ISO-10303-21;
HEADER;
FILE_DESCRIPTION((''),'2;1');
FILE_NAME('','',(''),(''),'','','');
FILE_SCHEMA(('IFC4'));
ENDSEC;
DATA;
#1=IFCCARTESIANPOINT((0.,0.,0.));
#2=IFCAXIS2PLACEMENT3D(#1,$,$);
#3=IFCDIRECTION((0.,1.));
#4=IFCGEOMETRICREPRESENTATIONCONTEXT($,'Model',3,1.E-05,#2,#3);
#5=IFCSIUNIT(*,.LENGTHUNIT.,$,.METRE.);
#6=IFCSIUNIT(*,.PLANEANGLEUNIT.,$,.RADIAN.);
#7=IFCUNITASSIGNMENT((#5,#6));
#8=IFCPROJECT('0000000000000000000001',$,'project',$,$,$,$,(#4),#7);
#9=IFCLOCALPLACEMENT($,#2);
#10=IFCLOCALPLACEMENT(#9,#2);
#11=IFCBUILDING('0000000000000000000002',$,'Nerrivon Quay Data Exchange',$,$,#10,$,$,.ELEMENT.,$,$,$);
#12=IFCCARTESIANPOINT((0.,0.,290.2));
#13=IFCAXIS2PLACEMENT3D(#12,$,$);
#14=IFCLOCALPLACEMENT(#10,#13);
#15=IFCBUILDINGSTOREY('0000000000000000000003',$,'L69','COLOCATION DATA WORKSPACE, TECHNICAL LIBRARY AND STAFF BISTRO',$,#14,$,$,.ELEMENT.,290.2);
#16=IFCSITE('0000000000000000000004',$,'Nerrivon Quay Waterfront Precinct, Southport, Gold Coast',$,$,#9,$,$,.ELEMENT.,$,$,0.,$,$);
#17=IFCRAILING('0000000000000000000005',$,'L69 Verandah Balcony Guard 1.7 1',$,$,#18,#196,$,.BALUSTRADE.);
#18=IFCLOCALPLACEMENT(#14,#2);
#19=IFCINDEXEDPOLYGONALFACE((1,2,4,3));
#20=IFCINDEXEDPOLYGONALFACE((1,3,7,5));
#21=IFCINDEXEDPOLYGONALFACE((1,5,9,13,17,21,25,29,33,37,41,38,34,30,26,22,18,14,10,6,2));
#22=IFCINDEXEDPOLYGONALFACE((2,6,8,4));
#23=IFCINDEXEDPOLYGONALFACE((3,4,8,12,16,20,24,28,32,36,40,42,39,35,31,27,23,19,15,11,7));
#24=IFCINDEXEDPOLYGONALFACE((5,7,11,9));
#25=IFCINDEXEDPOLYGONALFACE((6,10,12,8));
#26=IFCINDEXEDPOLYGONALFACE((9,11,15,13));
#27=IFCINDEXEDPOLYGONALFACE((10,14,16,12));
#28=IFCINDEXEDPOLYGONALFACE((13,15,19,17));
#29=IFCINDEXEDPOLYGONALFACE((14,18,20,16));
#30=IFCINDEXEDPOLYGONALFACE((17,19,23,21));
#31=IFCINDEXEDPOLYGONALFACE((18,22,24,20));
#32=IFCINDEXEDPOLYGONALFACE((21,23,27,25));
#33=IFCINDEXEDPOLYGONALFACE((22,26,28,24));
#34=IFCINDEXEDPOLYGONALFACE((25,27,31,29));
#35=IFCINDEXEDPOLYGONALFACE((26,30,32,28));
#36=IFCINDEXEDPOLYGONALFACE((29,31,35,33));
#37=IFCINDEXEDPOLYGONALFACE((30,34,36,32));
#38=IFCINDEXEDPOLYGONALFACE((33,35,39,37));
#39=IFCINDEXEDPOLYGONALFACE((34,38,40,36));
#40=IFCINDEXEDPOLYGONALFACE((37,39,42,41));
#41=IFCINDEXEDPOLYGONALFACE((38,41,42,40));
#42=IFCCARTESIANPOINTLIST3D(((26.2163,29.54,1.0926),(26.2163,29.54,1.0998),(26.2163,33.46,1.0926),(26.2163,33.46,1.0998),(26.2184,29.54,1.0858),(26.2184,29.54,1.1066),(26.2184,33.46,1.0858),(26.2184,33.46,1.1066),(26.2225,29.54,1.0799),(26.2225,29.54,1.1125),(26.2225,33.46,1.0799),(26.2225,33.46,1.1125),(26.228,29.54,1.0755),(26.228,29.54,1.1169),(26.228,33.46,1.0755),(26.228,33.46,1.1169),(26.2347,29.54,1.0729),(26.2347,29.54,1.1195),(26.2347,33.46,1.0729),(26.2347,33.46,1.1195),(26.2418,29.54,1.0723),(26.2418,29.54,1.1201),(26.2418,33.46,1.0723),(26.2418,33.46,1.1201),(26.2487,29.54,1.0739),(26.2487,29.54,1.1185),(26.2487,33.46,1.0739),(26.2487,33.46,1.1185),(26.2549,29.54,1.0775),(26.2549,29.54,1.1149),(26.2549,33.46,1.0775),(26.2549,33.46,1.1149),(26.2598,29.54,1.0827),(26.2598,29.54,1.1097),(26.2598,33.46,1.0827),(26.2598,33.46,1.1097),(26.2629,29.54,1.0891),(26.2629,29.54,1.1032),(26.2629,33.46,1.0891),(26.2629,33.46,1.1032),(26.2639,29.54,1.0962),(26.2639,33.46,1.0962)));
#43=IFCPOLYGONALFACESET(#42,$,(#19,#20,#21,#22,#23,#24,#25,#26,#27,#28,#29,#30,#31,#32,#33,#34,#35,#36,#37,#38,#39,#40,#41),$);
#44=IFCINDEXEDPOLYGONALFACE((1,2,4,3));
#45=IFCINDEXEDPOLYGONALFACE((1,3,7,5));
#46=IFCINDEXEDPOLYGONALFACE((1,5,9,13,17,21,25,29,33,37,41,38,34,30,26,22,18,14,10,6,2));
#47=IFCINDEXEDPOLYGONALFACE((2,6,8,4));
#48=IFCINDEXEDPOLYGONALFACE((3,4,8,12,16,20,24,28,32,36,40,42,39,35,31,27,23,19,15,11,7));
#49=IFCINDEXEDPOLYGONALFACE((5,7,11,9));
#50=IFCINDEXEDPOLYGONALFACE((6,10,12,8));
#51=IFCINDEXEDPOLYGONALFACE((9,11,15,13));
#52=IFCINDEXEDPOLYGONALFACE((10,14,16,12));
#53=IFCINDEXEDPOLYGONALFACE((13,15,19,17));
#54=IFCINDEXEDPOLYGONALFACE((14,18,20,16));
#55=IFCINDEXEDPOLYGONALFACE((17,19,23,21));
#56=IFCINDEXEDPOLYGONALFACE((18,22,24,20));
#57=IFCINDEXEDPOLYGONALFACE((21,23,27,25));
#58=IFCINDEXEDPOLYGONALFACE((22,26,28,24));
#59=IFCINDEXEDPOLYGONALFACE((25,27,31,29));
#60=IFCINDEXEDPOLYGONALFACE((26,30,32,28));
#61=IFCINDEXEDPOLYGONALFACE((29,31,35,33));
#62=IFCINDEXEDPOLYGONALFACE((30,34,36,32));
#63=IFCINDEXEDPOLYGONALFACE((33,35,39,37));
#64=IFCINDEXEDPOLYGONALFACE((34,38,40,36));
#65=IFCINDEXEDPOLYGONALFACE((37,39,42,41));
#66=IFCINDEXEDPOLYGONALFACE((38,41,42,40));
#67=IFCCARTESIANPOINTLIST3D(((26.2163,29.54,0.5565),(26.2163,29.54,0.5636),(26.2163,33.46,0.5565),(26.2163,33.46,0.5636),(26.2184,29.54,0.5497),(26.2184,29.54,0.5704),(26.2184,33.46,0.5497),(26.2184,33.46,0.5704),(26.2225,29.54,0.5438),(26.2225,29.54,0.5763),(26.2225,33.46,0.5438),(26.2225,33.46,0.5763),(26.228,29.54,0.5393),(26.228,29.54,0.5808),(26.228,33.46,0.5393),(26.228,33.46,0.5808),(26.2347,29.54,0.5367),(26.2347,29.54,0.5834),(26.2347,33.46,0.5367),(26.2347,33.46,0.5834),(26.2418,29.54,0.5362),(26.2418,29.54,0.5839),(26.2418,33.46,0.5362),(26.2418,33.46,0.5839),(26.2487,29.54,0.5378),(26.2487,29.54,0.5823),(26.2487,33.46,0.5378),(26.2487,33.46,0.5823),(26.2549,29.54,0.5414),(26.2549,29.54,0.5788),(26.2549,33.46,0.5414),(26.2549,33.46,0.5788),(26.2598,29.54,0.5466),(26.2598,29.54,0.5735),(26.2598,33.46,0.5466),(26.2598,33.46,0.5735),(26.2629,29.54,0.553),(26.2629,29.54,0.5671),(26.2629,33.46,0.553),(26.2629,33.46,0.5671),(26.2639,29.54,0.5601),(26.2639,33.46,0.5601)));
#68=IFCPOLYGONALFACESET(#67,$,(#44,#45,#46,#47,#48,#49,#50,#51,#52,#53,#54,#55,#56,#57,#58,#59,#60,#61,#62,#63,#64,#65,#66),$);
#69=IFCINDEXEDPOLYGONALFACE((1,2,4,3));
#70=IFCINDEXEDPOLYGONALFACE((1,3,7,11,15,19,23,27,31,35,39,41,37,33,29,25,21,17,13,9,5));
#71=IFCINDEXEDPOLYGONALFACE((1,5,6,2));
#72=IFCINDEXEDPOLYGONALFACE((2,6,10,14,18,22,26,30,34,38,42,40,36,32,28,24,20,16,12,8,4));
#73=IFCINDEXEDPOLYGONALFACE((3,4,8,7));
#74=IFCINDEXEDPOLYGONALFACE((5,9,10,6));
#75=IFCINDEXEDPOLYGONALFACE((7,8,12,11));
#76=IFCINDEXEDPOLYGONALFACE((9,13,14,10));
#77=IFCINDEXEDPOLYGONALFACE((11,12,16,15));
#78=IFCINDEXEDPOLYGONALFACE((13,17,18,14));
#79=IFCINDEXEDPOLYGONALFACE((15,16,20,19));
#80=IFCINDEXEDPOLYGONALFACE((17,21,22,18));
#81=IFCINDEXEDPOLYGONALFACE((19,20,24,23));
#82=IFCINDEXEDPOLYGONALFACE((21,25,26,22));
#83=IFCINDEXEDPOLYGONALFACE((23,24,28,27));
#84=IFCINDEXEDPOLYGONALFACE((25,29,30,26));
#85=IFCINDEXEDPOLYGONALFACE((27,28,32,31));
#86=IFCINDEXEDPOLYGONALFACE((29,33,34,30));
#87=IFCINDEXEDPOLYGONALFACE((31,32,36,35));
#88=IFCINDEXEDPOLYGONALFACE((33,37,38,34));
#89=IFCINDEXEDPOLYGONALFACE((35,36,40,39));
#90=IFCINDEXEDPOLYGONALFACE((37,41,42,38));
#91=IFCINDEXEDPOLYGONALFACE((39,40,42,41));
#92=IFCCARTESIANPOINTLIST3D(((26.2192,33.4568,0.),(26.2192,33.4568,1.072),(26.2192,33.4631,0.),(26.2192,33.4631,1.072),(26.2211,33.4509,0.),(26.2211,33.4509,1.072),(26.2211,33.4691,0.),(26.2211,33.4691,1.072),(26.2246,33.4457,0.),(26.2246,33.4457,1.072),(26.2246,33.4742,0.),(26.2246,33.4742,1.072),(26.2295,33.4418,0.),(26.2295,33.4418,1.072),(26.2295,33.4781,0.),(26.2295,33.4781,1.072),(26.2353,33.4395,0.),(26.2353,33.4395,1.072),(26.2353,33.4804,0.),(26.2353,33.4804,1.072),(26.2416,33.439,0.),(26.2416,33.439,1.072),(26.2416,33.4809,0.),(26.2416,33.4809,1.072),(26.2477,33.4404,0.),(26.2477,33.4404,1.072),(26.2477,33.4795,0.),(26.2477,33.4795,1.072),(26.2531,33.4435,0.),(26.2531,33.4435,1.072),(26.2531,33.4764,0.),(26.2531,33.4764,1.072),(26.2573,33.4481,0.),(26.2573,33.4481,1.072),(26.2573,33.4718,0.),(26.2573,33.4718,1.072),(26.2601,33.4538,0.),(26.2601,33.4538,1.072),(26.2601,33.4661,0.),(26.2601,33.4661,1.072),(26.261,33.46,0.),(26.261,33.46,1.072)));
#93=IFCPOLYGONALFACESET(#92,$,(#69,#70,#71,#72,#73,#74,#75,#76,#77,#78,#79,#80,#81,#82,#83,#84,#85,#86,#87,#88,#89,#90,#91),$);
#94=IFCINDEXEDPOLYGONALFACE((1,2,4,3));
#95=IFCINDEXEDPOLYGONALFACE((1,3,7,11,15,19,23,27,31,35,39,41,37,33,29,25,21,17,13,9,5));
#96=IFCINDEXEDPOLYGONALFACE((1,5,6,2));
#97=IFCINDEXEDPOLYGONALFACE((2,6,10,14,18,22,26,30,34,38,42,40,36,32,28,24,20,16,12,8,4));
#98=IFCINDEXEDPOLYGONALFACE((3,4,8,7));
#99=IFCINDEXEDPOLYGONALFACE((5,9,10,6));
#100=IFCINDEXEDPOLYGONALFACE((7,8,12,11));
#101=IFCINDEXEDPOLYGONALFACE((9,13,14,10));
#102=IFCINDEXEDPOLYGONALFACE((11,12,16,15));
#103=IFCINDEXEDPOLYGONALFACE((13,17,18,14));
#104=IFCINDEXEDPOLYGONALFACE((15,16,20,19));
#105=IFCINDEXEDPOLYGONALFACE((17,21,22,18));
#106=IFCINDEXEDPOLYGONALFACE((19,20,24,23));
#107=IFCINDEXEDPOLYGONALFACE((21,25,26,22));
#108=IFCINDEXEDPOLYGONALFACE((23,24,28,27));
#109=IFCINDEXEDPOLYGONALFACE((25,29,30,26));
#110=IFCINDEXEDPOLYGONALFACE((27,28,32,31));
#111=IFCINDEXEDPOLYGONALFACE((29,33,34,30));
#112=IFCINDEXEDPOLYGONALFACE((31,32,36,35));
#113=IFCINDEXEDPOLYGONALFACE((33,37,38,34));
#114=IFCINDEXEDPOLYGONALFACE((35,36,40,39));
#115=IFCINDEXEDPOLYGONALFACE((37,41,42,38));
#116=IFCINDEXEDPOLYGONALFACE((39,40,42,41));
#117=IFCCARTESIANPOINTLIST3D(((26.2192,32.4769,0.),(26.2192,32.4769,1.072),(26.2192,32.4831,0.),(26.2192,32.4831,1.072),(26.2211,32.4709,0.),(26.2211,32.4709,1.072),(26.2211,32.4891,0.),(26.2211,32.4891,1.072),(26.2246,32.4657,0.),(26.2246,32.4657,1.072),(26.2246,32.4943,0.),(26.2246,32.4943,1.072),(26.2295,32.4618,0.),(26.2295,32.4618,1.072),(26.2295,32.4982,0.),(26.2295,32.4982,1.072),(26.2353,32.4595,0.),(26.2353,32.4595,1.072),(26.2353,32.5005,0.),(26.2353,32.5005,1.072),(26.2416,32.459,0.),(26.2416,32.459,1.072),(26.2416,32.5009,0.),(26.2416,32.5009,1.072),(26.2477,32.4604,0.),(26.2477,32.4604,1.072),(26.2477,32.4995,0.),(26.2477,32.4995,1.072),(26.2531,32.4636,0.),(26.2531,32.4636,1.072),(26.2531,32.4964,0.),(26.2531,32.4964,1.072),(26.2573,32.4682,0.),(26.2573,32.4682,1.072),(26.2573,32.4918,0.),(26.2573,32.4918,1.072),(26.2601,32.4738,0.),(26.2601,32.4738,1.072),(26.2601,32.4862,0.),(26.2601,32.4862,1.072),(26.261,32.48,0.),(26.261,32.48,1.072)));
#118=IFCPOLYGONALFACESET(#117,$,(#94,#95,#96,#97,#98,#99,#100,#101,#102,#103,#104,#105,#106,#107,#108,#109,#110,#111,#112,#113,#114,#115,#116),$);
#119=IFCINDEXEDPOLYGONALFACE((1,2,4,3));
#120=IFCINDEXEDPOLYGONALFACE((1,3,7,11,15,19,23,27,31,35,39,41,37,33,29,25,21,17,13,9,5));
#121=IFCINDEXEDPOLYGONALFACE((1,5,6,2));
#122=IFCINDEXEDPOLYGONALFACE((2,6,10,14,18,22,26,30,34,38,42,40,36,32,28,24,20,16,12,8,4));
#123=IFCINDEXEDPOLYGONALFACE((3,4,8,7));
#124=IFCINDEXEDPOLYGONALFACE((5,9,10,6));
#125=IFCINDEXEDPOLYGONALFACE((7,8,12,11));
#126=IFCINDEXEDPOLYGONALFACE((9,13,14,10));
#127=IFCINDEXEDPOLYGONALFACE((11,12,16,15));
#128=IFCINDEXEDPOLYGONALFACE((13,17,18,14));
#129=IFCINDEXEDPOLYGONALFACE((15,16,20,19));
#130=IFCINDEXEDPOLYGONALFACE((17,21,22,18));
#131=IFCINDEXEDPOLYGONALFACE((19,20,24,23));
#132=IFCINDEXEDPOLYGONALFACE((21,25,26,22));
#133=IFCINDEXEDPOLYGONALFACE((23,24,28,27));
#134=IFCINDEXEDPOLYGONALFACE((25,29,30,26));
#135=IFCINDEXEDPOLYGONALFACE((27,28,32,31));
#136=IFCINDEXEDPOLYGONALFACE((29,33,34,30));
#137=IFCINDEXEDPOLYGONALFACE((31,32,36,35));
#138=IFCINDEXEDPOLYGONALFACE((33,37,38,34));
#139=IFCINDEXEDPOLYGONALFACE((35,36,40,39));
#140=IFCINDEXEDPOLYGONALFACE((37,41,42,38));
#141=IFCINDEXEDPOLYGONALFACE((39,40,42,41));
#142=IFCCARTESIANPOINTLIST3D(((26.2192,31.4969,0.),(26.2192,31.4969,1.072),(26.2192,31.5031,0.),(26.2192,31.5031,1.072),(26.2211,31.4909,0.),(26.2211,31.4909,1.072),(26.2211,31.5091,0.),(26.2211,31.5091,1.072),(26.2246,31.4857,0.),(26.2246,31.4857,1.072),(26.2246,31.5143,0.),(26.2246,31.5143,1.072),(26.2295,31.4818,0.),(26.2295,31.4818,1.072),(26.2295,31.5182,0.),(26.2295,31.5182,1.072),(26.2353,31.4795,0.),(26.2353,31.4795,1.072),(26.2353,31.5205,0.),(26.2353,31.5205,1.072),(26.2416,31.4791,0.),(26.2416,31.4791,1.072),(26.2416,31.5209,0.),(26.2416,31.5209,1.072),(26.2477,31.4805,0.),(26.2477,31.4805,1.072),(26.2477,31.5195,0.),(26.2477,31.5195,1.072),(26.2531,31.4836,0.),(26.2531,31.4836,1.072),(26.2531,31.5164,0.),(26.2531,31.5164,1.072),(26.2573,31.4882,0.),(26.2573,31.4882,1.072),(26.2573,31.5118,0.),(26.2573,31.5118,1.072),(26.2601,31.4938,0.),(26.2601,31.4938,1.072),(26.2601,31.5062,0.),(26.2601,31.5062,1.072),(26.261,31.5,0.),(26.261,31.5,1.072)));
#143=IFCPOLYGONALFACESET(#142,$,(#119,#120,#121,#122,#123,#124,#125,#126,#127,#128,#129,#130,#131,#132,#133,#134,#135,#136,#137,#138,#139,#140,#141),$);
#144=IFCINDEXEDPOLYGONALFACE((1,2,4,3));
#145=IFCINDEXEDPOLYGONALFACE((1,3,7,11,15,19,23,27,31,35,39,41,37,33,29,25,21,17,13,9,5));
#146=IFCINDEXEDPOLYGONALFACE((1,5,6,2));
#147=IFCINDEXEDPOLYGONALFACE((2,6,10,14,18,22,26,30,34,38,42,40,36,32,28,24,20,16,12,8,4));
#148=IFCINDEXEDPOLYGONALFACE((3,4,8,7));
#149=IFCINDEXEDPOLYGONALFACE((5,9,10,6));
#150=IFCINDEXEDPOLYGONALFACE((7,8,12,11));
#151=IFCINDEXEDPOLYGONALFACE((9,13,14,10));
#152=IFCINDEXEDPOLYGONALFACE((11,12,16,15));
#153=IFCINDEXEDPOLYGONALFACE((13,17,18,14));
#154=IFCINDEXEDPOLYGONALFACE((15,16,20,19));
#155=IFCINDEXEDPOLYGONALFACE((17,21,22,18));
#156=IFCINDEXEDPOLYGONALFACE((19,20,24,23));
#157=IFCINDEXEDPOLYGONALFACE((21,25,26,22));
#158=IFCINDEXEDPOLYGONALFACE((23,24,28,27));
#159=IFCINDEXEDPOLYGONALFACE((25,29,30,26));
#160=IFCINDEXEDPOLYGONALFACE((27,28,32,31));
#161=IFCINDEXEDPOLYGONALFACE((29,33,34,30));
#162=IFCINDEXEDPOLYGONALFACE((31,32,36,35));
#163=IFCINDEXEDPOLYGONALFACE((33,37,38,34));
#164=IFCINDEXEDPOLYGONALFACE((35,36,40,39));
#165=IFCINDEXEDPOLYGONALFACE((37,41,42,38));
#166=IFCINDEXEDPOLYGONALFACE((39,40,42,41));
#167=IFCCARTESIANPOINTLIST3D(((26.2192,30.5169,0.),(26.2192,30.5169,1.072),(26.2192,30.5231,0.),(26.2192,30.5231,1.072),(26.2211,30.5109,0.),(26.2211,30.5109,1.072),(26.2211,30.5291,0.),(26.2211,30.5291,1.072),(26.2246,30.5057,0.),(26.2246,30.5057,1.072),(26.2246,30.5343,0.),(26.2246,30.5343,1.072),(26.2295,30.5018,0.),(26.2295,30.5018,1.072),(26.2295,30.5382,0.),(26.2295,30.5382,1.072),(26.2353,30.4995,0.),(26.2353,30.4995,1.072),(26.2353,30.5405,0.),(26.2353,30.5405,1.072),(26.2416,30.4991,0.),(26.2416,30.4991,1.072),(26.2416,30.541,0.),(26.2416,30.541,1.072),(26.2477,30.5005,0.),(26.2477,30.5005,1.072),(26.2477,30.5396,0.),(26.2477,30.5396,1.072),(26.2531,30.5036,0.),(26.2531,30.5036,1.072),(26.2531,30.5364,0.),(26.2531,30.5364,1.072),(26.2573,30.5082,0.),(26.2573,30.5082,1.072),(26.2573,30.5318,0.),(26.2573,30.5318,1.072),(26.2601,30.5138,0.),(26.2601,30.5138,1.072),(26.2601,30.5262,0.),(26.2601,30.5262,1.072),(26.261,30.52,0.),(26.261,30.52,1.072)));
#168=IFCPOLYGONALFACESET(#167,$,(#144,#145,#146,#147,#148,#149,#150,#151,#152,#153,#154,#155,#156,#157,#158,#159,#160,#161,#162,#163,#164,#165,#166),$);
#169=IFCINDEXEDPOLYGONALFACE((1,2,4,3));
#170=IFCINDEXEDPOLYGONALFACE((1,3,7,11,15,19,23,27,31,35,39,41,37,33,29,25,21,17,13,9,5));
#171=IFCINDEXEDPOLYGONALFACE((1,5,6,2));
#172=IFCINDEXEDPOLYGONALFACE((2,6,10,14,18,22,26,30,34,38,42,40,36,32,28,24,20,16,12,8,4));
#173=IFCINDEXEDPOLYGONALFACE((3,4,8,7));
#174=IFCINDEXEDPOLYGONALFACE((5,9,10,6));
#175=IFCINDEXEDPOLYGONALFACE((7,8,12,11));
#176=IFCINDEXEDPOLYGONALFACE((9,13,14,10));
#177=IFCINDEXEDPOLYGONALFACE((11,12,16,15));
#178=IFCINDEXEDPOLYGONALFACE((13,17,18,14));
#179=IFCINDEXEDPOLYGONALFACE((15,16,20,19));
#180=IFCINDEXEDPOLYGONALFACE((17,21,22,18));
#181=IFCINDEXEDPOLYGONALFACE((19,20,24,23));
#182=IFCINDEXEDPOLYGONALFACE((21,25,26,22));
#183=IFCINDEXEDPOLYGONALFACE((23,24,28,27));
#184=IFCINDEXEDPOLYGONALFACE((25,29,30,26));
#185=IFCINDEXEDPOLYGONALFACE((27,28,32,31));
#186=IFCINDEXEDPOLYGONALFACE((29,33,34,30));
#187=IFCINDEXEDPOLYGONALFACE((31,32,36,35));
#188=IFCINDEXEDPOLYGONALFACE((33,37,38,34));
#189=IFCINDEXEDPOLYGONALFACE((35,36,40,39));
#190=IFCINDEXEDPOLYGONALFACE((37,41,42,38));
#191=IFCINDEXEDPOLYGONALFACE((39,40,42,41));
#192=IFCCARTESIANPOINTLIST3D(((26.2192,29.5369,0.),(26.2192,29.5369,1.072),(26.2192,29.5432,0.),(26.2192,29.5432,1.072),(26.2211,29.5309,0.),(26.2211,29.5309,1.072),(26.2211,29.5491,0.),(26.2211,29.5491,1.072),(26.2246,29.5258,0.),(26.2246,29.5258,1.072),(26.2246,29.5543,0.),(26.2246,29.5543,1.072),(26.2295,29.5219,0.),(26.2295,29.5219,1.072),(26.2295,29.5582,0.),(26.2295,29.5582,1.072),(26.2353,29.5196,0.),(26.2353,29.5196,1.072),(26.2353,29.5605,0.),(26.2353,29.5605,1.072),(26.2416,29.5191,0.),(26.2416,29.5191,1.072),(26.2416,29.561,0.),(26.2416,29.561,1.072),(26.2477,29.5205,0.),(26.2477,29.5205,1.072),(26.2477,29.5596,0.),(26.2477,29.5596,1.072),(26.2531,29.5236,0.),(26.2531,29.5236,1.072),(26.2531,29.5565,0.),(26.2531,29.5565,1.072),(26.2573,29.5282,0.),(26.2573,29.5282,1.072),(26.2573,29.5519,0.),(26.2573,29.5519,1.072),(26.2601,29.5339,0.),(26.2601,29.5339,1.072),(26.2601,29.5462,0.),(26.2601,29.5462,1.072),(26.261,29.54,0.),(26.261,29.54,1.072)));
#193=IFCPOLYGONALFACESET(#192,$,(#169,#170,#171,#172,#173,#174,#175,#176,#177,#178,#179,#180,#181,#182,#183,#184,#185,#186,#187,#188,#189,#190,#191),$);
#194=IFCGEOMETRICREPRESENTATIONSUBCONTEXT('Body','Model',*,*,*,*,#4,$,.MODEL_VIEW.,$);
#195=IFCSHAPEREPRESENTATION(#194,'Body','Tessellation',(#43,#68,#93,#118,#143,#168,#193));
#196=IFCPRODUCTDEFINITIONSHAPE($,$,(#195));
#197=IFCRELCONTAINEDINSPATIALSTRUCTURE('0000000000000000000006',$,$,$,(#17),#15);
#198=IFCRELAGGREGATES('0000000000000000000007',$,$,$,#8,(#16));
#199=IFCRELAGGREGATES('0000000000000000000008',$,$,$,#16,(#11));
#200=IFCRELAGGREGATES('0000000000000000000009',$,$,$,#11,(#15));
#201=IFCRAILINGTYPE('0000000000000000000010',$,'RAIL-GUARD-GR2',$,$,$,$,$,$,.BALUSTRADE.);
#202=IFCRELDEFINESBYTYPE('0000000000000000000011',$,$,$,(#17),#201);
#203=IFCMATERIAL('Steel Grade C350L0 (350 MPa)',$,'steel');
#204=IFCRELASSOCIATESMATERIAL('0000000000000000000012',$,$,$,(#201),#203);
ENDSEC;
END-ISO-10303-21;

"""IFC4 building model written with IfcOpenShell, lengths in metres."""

from ifc_helpers import new_model, si_unit, direction, frame, origin, origin_2d, place, context, subcontext, project, spatial, circle, extrude, material, type_object, element, save


model = new_model("IFC4")

# Units and contexts
model_context = context("Model", 3, precision=1e-05, world=origin(), true_north=direction((0.0, 1.0)))
body_context = subcontext(model_context, "Body", "Model", "MODEL_VIEW")
ifc_project = project(units=[si_unit("LENGTHUNIT", "METRE"), si_unit("PLANEANGLEUNIT", "RADIAN")], contexts=[model_context])

# Site, building, storey
site_placement = place(None, origin())
site = spatial("IfcSite", under=ifc_project, at=site_placement, Name="Nerrivon Quay Waterfront Precinct, Southport, Gold Coast", CompositionType="ELEMENT", RefElevation=0.0)
building_placement = place(site_placement, origin())
building = spatial("IfcBuilding", under=site, at=building_placement, Name="Nerrivon Quay Data Exchange", CompositionType="ELEMENT")
storey_placement = place(building_placement, frame((0.0, 0.0, 290.2)))
storey = spatial("IfcBuildingStorey", under=building, at=storey_placement, Name="L69", Description="COLOCATION DATA WORKSPACE, TECHNICAL LIBRARY AND STAFF BISTRO", CompositionType="ELEMENT", Elevation=290.2)

# Railing
ifc_material_1 = material(Name="Steel Grade C350L0 (350 MPa)", Category="steel")
railing_type = type_object("IfcRailingType", Name="RAIL-GUARD-GR2", PredefinedType="BALUSTRADE", material=ifc_material_1)
railing_1_placement = place(storey_placement, frame((26.24, 33.46, 0.0)))
element("IfcRailing", 1, at=railing_1_placement, inside=storey, type_object=railing_type, Name="L69 Verandah Balcony Guard 1.7 1", PredefinedType="BALUSTRADE", context=body_context, shape_type="SweptSolid", body=[
    extrude(circle(Radius=0.0239, at=origin_2d()), frame((0.0, 0.0, 1.0962), z_axis=(0.0, -1.0, 0.0), x_axis=(1.0, 0.0, 0.0)), (0.0, 0.0, 1.0), 3.9199),
    extrude(circle(Radius=0.0239, at=origin_2d()), frame((0.0, 0.0, 0.5601), z_axis=(0.0, -1.0, 0.0), x_axis=(1.0, 0.0, 0.0)), (0.0, 0.0, 1.0), 3.9199),
    extrude(circle(Radius=0.021, at=origin_2d()), origin(), (0.0, 0.0, 1.0), 1.072),
    extrude(circle(Radius=0.021, at=origin_2d()), frame((0.0, -0.98, 0.0)), (0.0, 0.0, 1.0), 1.072),
    extrude(circle(Radius=0.021, at=origin_2d()), frame((0.0, -1.96, 0.0)), (0.0, 0.0, 1.0), 1.072),
    extrude(circle(Radius=0.021, at=origin_2d()), frame((0.0, -2.9399, 0.0)), (0.0, 0.0, 1.0), 1.072),
    extrude(circle(Radius=0.021, at=origin_2d()), frame((0.0, -3.9199, 0.0)), (0.0, 0.0, 1.0), 1.072),
])

save(model, "model.ifc")
